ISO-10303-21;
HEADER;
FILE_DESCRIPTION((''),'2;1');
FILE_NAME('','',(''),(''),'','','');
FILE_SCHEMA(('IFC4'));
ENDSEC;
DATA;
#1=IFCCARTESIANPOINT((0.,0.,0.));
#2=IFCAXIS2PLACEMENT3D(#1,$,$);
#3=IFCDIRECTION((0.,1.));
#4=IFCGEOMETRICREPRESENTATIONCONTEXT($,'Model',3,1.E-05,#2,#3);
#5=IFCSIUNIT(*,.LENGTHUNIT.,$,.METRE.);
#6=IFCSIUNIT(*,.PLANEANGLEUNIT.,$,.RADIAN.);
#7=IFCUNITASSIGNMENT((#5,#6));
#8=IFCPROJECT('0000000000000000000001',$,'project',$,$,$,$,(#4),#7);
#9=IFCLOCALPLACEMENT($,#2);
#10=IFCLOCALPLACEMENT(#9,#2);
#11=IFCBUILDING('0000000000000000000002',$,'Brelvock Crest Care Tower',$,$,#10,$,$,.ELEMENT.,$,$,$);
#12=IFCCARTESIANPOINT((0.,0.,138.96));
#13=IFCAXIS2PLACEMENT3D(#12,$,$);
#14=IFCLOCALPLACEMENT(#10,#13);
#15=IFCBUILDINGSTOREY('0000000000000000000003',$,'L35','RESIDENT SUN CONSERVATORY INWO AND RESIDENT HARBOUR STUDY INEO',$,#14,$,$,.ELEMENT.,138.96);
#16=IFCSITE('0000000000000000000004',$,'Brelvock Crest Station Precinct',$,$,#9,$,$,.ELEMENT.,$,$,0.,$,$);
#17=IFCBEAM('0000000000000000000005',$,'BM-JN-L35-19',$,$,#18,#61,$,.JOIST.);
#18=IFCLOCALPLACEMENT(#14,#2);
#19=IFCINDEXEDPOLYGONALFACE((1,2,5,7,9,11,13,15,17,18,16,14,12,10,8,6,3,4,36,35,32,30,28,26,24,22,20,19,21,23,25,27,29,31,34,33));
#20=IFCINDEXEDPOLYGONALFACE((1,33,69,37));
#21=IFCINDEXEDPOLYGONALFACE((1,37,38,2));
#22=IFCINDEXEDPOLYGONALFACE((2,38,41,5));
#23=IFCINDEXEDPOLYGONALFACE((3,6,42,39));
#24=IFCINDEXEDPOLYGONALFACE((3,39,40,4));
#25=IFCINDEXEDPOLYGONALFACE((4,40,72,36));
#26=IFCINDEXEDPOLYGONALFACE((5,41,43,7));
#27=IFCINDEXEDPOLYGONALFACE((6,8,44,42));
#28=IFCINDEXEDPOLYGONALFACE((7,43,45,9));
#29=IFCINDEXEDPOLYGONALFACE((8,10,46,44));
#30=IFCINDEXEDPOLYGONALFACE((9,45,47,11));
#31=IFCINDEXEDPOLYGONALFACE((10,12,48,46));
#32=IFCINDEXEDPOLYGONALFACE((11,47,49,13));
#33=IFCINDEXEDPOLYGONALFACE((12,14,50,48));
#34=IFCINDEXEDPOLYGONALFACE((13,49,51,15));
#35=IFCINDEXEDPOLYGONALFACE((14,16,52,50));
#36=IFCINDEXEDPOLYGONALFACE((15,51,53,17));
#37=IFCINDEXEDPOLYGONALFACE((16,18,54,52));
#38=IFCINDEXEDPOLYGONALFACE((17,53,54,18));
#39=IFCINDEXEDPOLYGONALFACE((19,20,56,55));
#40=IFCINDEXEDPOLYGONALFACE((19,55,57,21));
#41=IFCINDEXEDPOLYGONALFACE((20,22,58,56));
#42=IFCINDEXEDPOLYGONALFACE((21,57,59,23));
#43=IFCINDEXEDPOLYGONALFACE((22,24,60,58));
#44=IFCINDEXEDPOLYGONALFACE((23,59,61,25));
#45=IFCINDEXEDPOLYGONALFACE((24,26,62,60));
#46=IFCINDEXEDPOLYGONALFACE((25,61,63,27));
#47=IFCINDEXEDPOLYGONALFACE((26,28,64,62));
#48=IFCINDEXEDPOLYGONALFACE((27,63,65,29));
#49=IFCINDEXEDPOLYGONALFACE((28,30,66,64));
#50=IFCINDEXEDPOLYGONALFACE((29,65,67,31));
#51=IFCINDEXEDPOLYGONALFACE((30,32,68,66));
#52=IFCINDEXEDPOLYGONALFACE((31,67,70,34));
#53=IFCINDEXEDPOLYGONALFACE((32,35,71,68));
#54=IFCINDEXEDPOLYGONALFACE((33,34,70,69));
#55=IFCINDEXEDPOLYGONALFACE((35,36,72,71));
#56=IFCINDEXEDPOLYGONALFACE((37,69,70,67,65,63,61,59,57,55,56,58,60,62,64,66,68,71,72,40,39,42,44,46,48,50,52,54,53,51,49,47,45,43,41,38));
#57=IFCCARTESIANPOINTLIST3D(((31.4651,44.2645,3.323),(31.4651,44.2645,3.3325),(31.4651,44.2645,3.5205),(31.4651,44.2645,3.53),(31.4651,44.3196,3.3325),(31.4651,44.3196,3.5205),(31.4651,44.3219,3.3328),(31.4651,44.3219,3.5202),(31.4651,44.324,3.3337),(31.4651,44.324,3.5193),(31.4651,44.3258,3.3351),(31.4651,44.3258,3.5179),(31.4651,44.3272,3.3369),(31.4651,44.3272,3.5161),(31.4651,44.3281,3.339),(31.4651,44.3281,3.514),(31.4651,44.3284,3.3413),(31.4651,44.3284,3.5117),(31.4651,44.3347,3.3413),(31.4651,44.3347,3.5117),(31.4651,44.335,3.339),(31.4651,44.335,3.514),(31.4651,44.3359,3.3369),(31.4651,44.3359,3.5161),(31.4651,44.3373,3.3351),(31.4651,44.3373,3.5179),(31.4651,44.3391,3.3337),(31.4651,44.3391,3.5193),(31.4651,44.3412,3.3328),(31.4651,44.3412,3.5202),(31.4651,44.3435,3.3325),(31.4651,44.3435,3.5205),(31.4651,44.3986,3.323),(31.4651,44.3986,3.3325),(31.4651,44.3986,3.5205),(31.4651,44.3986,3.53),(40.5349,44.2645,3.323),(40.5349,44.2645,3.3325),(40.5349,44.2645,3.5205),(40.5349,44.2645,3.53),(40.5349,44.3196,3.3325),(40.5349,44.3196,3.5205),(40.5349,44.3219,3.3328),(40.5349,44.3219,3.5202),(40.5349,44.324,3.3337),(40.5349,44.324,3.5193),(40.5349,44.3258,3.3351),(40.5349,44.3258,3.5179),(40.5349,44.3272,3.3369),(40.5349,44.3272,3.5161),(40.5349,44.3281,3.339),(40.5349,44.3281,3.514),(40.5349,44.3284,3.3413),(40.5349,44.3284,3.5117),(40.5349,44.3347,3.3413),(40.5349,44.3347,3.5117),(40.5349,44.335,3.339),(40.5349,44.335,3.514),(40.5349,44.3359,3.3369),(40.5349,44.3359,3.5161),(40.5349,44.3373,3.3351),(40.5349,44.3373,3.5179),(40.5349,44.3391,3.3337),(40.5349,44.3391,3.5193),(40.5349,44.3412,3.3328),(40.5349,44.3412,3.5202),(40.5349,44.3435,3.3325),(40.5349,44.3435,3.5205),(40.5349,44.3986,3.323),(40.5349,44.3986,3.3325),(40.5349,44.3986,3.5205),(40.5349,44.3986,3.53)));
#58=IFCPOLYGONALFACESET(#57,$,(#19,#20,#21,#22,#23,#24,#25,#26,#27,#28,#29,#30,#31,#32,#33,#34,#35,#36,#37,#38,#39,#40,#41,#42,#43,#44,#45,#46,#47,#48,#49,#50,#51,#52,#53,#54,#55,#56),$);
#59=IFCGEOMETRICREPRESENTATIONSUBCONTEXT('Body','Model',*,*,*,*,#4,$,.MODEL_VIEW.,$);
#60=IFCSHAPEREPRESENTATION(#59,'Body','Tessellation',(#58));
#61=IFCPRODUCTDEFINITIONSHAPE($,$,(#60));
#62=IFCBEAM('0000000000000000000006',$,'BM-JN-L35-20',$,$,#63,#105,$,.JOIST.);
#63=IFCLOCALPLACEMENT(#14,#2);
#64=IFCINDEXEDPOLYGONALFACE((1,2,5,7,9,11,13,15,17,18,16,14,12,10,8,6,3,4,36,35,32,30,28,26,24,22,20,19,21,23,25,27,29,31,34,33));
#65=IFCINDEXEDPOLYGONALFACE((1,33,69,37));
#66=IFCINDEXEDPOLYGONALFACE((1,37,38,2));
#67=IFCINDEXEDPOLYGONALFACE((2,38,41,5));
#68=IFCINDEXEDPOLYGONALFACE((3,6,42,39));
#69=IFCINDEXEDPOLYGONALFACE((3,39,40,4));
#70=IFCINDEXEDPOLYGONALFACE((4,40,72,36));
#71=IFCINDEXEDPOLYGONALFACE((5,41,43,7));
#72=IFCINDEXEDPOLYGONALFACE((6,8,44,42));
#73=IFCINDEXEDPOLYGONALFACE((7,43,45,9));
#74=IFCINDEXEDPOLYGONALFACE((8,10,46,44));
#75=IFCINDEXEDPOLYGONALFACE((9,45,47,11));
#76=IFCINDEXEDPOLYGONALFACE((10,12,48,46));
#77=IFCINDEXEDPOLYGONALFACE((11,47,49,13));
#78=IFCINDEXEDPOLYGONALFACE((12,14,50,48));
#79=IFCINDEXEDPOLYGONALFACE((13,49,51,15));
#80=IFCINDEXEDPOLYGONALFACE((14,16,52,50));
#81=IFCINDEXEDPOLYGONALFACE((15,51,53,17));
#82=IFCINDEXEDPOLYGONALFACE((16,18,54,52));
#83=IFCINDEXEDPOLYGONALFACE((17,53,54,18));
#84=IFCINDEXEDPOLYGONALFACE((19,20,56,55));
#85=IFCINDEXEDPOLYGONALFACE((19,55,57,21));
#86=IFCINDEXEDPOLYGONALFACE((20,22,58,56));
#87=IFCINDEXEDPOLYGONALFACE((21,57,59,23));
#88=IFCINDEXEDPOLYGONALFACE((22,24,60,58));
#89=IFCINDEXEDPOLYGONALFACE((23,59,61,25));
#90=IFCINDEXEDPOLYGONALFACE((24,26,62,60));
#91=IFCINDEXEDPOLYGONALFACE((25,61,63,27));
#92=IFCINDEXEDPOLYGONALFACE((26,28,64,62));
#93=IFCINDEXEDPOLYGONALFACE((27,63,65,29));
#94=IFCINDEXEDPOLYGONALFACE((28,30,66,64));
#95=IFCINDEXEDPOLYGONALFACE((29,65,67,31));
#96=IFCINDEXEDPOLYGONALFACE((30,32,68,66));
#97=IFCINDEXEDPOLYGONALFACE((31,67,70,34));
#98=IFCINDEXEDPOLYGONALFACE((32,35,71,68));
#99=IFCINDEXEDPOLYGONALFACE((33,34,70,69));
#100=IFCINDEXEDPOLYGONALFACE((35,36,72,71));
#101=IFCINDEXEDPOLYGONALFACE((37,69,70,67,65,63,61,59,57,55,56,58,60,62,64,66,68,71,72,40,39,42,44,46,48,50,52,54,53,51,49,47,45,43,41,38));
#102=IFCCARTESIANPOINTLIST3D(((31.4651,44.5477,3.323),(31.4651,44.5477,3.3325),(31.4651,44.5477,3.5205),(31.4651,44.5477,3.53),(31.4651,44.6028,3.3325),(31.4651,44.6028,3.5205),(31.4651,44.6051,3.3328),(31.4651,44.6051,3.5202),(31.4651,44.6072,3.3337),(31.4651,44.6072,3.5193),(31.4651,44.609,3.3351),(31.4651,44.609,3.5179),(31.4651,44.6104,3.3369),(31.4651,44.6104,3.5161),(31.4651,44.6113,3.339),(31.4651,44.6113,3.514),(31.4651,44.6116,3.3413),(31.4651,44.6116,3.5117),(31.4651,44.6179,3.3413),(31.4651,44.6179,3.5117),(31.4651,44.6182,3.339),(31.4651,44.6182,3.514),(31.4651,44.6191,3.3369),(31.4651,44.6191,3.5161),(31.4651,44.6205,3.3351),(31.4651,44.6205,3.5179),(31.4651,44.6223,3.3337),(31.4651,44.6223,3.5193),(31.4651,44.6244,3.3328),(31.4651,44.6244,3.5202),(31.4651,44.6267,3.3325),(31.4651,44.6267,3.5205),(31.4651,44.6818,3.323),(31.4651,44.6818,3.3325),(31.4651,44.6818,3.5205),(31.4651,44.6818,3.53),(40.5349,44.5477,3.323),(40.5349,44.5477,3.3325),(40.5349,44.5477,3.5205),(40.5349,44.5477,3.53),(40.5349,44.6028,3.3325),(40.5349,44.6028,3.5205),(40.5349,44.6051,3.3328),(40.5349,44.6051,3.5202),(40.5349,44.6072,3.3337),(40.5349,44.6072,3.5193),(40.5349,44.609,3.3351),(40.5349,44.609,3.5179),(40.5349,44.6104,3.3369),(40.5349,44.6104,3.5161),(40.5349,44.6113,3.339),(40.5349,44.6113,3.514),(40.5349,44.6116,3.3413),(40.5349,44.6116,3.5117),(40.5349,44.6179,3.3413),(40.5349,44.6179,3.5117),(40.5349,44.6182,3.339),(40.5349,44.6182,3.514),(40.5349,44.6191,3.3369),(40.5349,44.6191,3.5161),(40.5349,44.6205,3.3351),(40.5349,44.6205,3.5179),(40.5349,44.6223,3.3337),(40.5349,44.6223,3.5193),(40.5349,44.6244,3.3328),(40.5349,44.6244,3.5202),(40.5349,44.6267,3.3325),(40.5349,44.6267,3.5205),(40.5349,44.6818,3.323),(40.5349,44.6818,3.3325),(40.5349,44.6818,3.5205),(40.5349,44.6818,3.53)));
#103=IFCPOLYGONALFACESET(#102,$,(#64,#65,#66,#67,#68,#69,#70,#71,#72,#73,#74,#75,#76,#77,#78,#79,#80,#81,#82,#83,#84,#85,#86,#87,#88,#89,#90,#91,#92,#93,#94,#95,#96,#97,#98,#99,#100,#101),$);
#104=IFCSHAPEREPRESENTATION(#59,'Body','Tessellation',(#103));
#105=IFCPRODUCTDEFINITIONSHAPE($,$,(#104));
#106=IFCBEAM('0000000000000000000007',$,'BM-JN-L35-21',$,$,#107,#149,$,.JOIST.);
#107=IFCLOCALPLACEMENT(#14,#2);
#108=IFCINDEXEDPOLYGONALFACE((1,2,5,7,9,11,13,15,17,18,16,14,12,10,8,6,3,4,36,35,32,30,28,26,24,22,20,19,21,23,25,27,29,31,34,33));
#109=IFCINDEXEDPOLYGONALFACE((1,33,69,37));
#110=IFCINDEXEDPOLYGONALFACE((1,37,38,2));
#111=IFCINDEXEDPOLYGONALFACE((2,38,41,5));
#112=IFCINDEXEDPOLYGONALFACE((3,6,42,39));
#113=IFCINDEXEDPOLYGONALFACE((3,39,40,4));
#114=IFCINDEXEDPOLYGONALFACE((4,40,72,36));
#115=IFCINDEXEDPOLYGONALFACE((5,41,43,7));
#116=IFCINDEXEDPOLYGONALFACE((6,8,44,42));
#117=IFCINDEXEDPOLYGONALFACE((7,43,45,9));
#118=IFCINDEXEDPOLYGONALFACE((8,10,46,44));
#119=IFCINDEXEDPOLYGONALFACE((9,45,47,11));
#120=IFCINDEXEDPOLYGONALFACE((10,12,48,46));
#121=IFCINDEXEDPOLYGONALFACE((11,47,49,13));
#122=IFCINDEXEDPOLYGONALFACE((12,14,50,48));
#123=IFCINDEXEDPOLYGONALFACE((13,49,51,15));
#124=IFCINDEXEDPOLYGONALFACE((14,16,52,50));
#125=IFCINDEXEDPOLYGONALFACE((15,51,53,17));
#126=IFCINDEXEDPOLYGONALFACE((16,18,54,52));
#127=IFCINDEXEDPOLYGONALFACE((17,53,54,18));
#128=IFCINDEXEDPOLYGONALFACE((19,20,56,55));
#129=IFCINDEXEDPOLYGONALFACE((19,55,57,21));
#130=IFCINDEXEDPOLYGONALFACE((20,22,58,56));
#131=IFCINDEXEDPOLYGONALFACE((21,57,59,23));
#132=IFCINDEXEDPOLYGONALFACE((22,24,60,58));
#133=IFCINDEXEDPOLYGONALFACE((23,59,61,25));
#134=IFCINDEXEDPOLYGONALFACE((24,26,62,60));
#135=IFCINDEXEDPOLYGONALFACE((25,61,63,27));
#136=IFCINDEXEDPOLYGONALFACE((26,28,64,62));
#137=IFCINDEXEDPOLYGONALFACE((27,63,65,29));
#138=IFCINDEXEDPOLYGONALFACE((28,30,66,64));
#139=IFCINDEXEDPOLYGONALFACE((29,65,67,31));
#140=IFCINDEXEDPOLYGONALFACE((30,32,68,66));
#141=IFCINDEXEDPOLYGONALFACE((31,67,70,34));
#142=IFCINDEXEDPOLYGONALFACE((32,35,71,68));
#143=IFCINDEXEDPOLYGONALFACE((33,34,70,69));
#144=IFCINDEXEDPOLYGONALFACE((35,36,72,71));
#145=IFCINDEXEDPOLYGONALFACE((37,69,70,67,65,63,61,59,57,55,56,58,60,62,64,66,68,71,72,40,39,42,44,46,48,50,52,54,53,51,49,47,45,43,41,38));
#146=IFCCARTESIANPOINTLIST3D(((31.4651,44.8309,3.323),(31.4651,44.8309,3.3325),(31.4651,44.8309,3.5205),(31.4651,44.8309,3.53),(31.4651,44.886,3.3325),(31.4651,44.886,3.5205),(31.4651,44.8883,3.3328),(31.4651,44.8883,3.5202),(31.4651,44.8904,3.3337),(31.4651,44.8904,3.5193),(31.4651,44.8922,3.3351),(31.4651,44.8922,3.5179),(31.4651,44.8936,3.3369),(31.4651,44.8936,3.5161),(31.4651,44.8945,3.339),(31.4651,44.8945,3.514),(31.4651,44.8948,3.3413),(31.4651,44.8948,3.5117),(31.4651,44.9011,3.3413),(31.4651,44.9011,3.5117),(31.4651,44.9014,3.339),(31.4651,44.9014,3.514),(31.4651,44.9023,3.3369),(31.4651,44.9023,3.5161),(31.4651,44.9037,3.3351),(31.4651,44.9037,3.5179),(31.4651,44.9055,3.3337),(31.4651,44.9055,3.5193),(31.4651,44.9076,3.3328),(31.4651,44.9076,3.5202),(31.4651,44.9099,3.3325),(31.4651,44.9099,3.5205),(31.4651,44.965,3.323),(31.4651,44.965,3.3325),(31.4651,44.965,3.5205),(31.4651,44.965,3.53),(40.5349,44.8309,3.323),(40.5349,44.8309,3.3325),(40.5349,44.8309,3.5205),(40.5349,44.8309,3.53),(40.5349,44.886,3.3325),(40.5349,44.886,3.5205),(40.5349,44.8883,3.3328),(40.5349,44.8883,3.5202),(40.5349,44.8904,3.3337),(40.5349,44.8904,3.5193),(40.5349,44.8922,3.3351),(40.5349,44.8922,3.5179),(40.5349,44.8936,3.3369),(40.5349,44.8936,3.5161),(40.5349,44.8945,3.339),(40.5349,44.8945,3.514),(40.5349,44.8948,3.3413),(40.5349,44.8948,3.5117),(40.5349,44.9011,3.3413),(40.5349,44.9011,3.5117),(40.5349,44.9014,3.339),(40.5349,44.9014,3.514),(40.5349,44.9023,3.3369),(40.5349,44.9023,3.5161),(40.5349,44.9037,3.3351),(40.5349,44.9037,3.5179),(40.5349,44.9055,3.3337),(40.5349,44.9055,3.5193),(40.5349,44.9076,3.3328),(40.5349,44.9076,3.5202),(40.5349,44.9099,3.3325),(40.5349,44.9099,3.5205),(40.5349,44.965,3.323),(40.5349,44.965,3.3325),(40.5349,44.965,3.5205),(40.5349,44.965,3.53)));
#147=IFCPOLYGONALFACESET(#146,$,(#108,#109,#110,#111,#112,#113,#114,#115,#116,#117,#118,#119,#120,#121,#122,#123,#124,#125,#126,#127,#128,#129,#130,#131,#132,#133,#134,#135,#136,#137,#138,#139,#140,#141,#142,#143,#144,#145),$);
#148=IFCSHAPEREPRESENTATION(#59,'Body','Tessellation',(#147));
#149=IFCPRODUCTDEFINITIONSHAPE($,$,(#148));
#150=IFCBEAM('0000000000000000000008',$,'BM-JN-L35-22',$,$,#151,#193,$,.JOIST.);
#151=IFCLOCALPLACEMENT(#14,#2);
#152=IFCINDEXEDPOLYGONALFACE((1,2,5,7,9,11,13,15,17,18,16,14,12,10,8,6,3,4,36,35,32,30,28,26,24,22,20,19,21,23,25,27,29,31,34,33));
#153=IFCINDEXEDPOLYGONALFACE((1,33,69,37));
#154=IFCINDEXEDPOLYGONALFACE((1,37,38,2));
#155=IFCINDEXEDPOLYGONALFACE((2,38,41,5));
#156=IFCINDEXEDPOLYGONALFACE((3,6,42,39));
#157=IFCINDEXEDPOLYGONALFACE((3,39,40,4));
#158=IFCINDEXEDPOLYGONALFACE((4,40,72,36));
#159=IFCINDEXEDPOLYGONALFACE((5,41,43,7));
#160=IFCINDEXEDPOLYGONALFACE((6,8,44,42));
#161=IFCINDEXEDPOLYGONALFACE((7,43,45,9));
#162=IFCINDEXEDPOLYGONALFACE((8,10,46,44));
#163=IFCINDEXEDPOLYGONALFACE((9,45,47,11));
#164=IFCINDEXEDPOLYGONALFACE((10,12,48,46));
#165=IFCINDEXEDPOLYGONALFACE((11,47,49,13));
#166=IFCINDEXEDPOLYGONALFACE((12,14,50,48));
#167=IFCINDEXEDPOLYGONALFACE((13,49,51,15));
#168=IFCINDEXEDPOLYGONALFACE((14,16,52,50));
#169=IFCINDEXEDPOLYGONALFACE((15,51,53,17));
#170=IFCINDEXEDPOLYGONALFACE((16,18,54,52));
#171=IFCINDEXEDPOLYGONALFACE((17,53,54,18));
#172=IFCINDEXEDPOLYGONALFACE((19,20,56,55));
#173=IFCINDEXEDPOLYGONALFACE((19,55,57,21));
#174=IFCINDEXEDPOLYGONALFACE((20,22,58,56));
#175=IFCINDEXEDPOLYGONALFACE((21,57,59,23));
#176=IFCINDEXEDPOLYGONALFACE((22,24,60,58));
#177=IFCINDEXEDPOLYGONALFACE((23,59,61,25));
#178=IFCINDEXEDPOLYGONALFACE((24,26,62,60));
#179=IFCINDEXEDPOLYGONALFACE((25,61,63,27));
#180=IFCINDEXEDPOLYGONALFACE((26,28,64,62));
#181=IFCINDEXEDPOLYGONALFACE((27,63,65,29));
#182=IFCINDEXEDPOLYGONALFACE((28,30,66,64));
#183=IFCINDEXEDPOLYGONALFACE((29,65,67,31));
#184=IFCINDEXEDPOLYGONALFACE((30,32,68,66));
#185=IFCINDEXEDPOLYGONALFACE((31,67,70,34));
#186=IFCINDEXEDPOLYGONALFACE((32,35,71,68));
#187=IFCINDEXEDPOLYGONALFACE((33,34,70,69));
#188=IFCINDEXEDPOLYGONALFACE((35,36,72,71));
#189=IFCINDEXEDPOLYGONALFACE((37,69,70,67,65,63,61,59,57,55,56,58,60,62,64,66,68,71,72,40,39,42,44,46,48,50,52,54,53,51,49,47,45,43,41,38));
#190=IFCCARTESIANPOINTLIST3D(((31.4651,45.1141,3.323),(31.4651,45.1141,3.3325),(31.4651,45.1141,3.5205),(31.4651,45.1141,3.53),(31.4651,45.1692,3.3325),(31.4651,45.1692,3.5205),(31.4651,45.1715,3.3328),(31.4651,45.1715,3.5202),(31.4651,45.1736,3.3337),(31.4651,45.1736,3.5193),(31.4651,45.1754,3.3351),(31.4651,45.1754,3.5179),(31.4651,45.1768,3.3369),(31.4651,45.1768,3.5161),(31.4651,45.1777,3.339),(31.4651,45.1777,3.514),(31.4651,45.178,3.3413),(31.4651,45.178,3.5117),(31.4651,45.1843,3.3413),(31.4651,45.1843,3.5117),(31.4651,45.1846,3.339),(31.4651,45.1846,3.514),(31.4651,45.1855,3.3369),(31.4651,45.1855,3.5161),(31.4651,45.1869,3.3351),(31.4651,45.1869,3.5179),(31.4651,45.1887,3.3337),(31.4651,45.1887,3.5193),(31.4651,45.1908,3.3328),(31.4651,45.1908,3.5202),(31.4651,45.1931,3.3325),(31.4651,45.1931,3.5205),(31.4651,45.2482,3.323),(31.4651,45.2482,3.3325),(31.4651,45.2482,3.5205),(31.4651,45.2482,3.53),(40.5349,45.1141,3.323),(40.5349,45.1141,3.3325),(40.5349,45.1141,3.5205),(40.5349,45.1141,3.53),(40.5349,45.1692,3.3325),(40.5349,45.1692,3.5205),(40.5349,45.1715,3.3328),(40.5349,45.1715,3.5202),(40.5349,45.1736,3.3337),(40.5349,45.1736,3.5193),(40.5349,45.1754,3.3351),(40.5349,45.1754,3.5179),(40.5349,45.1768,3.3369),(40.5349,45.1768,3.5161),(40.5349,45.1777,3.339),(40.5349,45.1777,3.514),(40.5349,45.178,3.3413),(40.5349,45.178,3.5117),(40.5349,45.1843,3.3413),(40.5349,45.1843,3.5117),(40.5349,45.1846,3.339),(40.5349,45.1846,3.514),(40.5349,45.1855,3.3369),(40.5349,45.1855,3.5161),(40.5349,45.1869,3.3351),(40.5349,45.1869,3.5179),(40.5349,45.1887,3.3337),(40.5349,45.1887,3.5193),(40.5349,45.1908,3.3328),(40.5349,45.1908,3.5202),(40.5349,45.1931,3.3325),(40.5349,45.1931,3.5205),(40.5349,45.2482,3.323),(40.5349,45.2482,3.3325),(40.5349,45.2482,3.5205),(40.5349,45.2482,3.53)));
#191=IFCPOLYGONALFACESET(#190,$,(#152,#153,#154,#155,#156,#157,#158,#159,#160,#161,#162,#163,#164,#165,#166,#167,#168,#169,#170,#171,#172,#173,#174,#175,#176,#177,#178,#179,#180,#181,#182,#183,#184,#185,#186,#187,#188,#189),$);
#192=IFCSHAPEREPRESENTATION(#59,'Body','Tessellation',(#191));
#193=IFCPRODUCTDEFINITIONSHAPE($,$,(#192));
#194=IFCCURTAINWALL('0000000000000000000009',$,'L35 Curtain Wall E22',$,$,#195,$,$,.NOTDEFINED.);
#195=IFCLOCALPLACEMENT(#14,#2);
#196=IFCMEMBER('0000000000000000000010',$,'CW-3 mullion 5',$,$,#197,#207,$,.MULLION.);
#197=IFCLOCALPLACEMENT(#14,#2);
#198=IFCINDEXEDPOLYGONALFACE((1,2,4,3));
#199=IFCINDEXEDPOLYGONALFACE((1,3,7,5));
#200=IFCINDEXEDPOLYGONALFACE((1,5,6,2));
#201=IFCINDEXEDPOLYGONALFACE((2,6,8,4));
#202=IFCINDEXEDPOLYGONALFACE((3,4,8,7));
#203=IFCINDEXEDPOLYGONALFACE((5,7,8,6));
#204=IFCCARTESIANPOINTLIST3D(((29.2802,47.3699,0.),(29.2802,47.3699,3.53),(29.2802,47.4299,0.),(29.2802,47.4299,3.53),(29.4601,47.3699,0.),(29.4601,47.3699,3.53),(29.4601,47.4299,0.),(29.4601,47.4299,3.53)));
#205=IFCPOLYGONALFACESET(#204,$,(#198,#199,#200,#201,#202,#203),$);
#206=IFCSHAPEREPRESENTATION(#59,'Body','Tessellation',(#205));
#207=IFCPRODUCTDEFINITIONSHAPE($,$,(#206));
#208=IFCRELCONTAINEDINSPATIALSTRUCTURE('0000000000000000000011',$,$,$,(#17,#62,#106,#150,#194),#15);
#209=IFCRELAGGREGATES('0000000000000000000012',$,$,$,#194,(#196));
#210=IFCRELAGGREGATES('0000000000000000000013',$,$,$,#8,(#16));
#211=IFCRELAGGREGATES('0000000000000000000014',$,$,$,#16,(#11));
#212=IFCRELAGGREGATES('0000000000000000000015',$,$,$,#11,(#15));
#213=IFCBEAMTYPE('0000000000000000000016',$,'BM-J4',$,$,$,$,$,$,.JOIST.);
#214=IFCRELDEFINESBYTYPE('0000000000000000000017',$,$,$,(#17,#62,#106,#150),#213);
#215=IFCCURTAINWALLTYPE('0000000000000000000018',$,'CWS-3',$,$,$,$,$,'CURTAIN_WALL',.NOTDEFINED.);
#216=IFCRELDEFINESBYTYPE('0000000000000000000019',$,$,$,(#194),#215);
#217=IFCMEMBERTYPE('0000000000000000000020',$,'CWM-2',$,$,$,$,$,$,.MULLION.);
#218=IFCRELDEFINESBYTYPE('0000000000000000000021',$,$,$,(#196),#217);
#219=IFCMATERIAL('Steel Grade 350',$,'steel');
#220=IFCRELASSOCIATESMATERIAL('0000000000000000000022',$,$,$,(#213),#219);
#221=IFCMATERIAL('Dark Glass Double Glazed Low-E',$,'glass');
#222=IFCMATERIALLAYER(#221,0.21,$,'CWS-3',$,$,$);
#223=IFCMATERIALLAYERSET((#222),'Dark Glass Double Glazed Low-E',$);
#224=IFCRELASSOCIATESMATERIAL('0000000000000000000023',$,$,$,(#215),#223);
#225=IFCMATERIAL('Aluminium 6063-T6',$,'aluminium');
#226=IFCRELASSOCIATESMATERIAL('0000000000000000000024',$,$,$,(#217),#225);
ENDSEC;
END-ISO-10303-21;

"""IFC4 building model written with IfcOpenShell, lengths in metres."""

from ifc_helpers import new_model, si_unit, direction, frame, origin, origin_2d, place, context, subcontext, project, spatial, rectangle, i_section, extrude, source, transform, mapped, material, layer, layer_set, material_profile, profile_set, type_object, element, aggregate, save


model = new_model("IFC4")

# Units and contexts
model_context = context("Model", 3, precision=1e-05, world=origin(), true_north=direction((0.0, 1.0)))
body_context = subcontext(model_context, "Body", "Model", "MODEL_VIEW")
ifc_project = project(units=[si_unit("LENGTHUNIT", "METRE"), si_unit("PLANEANGLEUNIT", "RADIAN")], contexts=[model_context])

# Site, building, storey
site_placement = place(None, origin())
site = spatial("IfcSite", under=ifc_project, at=site_placement, Name="Brelvock Crest Station Precinct", CompositionType="ELEMENT", RefElevation=0.0)
building_placement = place(site_placement, origin())
building = spatial("IfcBuilding", under=site, at=building_placement, Name="Brelvock Crest Care Tower", CompositionType="ELEMENT")
storey_placement = place(building_placement, frame((0.0, 0.0, 138.96)))
storey = spatial("IfcBuildingStorey", under=building, at=storey_placement, Name="L35", Description="RESIDENT SUN CONSERVATORY INWO AND RESIDENT HARBOUR STUDY INEO", CompositionType="ELEMENT", Elevation=138.96)

# Shared definitions
ifc_material_1 = material(Name="Steel Grade 350", Category="steel")

# Beams
ifc_material_profile_1 = material_profile(ifc_material_1, i_section(OverallWidth=0.134, OverallDepth=0.207, WebThickness=0.0063, FlangeThickness=0.0095, FilletRadius=0.0088, at=origin_2d()), Name="200UB29.8")
ifc_profile_set_1 = profile_set([ifc_material_profile_1], Name="Steel Grade 350")
beam_type_1 = type_object("IfcBeamType", Name="BM-J4", PredefinedType="JOIST", material=ifc_profile_set_1)
shared_shape_1 = source(origin(), body_context, "Body", "SweptSolid", [
    extrude(i_section(OverallWidth=0.134, OverallDepth=0.207, WebThickness=0.0063, FlangeThickness=0.0095, FilletRadius=0.0088, at=origin_2d()), origin(), (0.0, 0.0, 1.0), 9.0698),
])
for number, where, z_axis, x_axis, name in (
    (1, (31.4651, 44.3315, 3.4265), (1.0, 0.0, 0.0), (0.0, 1.0, 0.0), "BM-JN-L35-19"),
    (2, (31.4651, 44.6147, 3.4265), (1.0, 0.0, 0.0), (0.0, 1.0, 0.0), "BM-JN-L35-20"),
    (3, (31.4651, 44.8979, 3.4265), (1.0, 0.0, 0.0), (0.0, 1.0, 0.0), "BM-JN-L35-21"),
    (4, (31.4651, 45.1812, 3.4265), (1.0, 0.0, 0.0), (0.0, 1.0, 0.0), "BM-JN-L35-22"),
):
    element("IfcBeam", number, at=place(storey_placement, frame(where, z_axis=z_axis, x_axis=x_axis)), inside=storey, type_object=beam_type_1, Name=name, PredefinedType="JOIST", context=body_context, shape_type="MappedRepresentation", body=[
        mapped(shared_shape_1, transform((0.0, 0.0, 0.0), x_axis=(1.0, 0.0, 0.0), y_axis=(0.0, 1.0, 0.0), z_axis=(0.0, 0.0, 1.0), scale=1.0)),
    ])

# Curtain wall, member
ifc_material_2 = material(Name="Dark Glass Double Glazed Low-E", Category="glass")
ifc_layer_1 = layer(ifc_material_2, 0.21, Name="CWS-3")
ifc_layer_set_1 = layer_set([ifc_layer_1], Name="Dark Glass Double Glazed Low-E")
curtain_wall_type = type_object("IfcCurtainWallType", Name="CWS-3", ElementType="CURTAIN_WALL", PredefinedType="NOTDEFINED", material=ifc_layer_set_1)
curtain_wall_placement = place(storey_placement, origin())
curtain_wall = element("IfcCurtainWall", 5, at=curtain_wall_placement, inside=storey, type_object=curtain_wall_type, Name="L35 Curtain Wall E22", PredefinedType="NOTDEFINED")
ifc_material_3 = material(Name="Aluminium 6063-T6", Category="aluminium")
ifc_material_profile_2 = material_profile(ifc_material_3, rectangle(XDim=0.0601, YDim=0.1799, at=origin_2d()), Name="ALU60x180")
ifc_profile_set_2 = profile_set([ifc_material_profile_2], Name="Aluminium 6063-T6")
member_type_1 = type_object("IfcMemberType", Name="CWM-2", PredefinedType="MULLION", material=ifc_profile_set_2)
shared_shape_2 = source(origin(), body_context, "Body", "SweptSolid", [
    extrude(rectangle(XDim=0.0601, YDim=0.1799, at=origin_2d()), origin(), (0.0, 0.0, 1.0), 3.53),
])
member_1_placement = place(storey_placement, frame((29.3701, 47.3999, 0.0), z_axis=(0.0, 0.0, 1.0), x_axis=(0.0, 1.0, 0.0)))
member_1 = element("IfcMember", 6, at=member_1_placement, type_object=member_type_1, Name="CW-3 mullion 5", PredefinedType="MULLION", context=body_context, shape_type="MappedRepresentation", body=[
    mapped(shared_shape_2, transform((0.0, 0.0, 0.0), x_axis=(1.0, 0.0, 0.0), y_axis=(0.0, 1.0, 0.0), z_axis=(0.0, 0.0, 1.0), scale=1.0)),
])
aggregate(curtain_wall, [member_1])

save(model, "model.ifc")
